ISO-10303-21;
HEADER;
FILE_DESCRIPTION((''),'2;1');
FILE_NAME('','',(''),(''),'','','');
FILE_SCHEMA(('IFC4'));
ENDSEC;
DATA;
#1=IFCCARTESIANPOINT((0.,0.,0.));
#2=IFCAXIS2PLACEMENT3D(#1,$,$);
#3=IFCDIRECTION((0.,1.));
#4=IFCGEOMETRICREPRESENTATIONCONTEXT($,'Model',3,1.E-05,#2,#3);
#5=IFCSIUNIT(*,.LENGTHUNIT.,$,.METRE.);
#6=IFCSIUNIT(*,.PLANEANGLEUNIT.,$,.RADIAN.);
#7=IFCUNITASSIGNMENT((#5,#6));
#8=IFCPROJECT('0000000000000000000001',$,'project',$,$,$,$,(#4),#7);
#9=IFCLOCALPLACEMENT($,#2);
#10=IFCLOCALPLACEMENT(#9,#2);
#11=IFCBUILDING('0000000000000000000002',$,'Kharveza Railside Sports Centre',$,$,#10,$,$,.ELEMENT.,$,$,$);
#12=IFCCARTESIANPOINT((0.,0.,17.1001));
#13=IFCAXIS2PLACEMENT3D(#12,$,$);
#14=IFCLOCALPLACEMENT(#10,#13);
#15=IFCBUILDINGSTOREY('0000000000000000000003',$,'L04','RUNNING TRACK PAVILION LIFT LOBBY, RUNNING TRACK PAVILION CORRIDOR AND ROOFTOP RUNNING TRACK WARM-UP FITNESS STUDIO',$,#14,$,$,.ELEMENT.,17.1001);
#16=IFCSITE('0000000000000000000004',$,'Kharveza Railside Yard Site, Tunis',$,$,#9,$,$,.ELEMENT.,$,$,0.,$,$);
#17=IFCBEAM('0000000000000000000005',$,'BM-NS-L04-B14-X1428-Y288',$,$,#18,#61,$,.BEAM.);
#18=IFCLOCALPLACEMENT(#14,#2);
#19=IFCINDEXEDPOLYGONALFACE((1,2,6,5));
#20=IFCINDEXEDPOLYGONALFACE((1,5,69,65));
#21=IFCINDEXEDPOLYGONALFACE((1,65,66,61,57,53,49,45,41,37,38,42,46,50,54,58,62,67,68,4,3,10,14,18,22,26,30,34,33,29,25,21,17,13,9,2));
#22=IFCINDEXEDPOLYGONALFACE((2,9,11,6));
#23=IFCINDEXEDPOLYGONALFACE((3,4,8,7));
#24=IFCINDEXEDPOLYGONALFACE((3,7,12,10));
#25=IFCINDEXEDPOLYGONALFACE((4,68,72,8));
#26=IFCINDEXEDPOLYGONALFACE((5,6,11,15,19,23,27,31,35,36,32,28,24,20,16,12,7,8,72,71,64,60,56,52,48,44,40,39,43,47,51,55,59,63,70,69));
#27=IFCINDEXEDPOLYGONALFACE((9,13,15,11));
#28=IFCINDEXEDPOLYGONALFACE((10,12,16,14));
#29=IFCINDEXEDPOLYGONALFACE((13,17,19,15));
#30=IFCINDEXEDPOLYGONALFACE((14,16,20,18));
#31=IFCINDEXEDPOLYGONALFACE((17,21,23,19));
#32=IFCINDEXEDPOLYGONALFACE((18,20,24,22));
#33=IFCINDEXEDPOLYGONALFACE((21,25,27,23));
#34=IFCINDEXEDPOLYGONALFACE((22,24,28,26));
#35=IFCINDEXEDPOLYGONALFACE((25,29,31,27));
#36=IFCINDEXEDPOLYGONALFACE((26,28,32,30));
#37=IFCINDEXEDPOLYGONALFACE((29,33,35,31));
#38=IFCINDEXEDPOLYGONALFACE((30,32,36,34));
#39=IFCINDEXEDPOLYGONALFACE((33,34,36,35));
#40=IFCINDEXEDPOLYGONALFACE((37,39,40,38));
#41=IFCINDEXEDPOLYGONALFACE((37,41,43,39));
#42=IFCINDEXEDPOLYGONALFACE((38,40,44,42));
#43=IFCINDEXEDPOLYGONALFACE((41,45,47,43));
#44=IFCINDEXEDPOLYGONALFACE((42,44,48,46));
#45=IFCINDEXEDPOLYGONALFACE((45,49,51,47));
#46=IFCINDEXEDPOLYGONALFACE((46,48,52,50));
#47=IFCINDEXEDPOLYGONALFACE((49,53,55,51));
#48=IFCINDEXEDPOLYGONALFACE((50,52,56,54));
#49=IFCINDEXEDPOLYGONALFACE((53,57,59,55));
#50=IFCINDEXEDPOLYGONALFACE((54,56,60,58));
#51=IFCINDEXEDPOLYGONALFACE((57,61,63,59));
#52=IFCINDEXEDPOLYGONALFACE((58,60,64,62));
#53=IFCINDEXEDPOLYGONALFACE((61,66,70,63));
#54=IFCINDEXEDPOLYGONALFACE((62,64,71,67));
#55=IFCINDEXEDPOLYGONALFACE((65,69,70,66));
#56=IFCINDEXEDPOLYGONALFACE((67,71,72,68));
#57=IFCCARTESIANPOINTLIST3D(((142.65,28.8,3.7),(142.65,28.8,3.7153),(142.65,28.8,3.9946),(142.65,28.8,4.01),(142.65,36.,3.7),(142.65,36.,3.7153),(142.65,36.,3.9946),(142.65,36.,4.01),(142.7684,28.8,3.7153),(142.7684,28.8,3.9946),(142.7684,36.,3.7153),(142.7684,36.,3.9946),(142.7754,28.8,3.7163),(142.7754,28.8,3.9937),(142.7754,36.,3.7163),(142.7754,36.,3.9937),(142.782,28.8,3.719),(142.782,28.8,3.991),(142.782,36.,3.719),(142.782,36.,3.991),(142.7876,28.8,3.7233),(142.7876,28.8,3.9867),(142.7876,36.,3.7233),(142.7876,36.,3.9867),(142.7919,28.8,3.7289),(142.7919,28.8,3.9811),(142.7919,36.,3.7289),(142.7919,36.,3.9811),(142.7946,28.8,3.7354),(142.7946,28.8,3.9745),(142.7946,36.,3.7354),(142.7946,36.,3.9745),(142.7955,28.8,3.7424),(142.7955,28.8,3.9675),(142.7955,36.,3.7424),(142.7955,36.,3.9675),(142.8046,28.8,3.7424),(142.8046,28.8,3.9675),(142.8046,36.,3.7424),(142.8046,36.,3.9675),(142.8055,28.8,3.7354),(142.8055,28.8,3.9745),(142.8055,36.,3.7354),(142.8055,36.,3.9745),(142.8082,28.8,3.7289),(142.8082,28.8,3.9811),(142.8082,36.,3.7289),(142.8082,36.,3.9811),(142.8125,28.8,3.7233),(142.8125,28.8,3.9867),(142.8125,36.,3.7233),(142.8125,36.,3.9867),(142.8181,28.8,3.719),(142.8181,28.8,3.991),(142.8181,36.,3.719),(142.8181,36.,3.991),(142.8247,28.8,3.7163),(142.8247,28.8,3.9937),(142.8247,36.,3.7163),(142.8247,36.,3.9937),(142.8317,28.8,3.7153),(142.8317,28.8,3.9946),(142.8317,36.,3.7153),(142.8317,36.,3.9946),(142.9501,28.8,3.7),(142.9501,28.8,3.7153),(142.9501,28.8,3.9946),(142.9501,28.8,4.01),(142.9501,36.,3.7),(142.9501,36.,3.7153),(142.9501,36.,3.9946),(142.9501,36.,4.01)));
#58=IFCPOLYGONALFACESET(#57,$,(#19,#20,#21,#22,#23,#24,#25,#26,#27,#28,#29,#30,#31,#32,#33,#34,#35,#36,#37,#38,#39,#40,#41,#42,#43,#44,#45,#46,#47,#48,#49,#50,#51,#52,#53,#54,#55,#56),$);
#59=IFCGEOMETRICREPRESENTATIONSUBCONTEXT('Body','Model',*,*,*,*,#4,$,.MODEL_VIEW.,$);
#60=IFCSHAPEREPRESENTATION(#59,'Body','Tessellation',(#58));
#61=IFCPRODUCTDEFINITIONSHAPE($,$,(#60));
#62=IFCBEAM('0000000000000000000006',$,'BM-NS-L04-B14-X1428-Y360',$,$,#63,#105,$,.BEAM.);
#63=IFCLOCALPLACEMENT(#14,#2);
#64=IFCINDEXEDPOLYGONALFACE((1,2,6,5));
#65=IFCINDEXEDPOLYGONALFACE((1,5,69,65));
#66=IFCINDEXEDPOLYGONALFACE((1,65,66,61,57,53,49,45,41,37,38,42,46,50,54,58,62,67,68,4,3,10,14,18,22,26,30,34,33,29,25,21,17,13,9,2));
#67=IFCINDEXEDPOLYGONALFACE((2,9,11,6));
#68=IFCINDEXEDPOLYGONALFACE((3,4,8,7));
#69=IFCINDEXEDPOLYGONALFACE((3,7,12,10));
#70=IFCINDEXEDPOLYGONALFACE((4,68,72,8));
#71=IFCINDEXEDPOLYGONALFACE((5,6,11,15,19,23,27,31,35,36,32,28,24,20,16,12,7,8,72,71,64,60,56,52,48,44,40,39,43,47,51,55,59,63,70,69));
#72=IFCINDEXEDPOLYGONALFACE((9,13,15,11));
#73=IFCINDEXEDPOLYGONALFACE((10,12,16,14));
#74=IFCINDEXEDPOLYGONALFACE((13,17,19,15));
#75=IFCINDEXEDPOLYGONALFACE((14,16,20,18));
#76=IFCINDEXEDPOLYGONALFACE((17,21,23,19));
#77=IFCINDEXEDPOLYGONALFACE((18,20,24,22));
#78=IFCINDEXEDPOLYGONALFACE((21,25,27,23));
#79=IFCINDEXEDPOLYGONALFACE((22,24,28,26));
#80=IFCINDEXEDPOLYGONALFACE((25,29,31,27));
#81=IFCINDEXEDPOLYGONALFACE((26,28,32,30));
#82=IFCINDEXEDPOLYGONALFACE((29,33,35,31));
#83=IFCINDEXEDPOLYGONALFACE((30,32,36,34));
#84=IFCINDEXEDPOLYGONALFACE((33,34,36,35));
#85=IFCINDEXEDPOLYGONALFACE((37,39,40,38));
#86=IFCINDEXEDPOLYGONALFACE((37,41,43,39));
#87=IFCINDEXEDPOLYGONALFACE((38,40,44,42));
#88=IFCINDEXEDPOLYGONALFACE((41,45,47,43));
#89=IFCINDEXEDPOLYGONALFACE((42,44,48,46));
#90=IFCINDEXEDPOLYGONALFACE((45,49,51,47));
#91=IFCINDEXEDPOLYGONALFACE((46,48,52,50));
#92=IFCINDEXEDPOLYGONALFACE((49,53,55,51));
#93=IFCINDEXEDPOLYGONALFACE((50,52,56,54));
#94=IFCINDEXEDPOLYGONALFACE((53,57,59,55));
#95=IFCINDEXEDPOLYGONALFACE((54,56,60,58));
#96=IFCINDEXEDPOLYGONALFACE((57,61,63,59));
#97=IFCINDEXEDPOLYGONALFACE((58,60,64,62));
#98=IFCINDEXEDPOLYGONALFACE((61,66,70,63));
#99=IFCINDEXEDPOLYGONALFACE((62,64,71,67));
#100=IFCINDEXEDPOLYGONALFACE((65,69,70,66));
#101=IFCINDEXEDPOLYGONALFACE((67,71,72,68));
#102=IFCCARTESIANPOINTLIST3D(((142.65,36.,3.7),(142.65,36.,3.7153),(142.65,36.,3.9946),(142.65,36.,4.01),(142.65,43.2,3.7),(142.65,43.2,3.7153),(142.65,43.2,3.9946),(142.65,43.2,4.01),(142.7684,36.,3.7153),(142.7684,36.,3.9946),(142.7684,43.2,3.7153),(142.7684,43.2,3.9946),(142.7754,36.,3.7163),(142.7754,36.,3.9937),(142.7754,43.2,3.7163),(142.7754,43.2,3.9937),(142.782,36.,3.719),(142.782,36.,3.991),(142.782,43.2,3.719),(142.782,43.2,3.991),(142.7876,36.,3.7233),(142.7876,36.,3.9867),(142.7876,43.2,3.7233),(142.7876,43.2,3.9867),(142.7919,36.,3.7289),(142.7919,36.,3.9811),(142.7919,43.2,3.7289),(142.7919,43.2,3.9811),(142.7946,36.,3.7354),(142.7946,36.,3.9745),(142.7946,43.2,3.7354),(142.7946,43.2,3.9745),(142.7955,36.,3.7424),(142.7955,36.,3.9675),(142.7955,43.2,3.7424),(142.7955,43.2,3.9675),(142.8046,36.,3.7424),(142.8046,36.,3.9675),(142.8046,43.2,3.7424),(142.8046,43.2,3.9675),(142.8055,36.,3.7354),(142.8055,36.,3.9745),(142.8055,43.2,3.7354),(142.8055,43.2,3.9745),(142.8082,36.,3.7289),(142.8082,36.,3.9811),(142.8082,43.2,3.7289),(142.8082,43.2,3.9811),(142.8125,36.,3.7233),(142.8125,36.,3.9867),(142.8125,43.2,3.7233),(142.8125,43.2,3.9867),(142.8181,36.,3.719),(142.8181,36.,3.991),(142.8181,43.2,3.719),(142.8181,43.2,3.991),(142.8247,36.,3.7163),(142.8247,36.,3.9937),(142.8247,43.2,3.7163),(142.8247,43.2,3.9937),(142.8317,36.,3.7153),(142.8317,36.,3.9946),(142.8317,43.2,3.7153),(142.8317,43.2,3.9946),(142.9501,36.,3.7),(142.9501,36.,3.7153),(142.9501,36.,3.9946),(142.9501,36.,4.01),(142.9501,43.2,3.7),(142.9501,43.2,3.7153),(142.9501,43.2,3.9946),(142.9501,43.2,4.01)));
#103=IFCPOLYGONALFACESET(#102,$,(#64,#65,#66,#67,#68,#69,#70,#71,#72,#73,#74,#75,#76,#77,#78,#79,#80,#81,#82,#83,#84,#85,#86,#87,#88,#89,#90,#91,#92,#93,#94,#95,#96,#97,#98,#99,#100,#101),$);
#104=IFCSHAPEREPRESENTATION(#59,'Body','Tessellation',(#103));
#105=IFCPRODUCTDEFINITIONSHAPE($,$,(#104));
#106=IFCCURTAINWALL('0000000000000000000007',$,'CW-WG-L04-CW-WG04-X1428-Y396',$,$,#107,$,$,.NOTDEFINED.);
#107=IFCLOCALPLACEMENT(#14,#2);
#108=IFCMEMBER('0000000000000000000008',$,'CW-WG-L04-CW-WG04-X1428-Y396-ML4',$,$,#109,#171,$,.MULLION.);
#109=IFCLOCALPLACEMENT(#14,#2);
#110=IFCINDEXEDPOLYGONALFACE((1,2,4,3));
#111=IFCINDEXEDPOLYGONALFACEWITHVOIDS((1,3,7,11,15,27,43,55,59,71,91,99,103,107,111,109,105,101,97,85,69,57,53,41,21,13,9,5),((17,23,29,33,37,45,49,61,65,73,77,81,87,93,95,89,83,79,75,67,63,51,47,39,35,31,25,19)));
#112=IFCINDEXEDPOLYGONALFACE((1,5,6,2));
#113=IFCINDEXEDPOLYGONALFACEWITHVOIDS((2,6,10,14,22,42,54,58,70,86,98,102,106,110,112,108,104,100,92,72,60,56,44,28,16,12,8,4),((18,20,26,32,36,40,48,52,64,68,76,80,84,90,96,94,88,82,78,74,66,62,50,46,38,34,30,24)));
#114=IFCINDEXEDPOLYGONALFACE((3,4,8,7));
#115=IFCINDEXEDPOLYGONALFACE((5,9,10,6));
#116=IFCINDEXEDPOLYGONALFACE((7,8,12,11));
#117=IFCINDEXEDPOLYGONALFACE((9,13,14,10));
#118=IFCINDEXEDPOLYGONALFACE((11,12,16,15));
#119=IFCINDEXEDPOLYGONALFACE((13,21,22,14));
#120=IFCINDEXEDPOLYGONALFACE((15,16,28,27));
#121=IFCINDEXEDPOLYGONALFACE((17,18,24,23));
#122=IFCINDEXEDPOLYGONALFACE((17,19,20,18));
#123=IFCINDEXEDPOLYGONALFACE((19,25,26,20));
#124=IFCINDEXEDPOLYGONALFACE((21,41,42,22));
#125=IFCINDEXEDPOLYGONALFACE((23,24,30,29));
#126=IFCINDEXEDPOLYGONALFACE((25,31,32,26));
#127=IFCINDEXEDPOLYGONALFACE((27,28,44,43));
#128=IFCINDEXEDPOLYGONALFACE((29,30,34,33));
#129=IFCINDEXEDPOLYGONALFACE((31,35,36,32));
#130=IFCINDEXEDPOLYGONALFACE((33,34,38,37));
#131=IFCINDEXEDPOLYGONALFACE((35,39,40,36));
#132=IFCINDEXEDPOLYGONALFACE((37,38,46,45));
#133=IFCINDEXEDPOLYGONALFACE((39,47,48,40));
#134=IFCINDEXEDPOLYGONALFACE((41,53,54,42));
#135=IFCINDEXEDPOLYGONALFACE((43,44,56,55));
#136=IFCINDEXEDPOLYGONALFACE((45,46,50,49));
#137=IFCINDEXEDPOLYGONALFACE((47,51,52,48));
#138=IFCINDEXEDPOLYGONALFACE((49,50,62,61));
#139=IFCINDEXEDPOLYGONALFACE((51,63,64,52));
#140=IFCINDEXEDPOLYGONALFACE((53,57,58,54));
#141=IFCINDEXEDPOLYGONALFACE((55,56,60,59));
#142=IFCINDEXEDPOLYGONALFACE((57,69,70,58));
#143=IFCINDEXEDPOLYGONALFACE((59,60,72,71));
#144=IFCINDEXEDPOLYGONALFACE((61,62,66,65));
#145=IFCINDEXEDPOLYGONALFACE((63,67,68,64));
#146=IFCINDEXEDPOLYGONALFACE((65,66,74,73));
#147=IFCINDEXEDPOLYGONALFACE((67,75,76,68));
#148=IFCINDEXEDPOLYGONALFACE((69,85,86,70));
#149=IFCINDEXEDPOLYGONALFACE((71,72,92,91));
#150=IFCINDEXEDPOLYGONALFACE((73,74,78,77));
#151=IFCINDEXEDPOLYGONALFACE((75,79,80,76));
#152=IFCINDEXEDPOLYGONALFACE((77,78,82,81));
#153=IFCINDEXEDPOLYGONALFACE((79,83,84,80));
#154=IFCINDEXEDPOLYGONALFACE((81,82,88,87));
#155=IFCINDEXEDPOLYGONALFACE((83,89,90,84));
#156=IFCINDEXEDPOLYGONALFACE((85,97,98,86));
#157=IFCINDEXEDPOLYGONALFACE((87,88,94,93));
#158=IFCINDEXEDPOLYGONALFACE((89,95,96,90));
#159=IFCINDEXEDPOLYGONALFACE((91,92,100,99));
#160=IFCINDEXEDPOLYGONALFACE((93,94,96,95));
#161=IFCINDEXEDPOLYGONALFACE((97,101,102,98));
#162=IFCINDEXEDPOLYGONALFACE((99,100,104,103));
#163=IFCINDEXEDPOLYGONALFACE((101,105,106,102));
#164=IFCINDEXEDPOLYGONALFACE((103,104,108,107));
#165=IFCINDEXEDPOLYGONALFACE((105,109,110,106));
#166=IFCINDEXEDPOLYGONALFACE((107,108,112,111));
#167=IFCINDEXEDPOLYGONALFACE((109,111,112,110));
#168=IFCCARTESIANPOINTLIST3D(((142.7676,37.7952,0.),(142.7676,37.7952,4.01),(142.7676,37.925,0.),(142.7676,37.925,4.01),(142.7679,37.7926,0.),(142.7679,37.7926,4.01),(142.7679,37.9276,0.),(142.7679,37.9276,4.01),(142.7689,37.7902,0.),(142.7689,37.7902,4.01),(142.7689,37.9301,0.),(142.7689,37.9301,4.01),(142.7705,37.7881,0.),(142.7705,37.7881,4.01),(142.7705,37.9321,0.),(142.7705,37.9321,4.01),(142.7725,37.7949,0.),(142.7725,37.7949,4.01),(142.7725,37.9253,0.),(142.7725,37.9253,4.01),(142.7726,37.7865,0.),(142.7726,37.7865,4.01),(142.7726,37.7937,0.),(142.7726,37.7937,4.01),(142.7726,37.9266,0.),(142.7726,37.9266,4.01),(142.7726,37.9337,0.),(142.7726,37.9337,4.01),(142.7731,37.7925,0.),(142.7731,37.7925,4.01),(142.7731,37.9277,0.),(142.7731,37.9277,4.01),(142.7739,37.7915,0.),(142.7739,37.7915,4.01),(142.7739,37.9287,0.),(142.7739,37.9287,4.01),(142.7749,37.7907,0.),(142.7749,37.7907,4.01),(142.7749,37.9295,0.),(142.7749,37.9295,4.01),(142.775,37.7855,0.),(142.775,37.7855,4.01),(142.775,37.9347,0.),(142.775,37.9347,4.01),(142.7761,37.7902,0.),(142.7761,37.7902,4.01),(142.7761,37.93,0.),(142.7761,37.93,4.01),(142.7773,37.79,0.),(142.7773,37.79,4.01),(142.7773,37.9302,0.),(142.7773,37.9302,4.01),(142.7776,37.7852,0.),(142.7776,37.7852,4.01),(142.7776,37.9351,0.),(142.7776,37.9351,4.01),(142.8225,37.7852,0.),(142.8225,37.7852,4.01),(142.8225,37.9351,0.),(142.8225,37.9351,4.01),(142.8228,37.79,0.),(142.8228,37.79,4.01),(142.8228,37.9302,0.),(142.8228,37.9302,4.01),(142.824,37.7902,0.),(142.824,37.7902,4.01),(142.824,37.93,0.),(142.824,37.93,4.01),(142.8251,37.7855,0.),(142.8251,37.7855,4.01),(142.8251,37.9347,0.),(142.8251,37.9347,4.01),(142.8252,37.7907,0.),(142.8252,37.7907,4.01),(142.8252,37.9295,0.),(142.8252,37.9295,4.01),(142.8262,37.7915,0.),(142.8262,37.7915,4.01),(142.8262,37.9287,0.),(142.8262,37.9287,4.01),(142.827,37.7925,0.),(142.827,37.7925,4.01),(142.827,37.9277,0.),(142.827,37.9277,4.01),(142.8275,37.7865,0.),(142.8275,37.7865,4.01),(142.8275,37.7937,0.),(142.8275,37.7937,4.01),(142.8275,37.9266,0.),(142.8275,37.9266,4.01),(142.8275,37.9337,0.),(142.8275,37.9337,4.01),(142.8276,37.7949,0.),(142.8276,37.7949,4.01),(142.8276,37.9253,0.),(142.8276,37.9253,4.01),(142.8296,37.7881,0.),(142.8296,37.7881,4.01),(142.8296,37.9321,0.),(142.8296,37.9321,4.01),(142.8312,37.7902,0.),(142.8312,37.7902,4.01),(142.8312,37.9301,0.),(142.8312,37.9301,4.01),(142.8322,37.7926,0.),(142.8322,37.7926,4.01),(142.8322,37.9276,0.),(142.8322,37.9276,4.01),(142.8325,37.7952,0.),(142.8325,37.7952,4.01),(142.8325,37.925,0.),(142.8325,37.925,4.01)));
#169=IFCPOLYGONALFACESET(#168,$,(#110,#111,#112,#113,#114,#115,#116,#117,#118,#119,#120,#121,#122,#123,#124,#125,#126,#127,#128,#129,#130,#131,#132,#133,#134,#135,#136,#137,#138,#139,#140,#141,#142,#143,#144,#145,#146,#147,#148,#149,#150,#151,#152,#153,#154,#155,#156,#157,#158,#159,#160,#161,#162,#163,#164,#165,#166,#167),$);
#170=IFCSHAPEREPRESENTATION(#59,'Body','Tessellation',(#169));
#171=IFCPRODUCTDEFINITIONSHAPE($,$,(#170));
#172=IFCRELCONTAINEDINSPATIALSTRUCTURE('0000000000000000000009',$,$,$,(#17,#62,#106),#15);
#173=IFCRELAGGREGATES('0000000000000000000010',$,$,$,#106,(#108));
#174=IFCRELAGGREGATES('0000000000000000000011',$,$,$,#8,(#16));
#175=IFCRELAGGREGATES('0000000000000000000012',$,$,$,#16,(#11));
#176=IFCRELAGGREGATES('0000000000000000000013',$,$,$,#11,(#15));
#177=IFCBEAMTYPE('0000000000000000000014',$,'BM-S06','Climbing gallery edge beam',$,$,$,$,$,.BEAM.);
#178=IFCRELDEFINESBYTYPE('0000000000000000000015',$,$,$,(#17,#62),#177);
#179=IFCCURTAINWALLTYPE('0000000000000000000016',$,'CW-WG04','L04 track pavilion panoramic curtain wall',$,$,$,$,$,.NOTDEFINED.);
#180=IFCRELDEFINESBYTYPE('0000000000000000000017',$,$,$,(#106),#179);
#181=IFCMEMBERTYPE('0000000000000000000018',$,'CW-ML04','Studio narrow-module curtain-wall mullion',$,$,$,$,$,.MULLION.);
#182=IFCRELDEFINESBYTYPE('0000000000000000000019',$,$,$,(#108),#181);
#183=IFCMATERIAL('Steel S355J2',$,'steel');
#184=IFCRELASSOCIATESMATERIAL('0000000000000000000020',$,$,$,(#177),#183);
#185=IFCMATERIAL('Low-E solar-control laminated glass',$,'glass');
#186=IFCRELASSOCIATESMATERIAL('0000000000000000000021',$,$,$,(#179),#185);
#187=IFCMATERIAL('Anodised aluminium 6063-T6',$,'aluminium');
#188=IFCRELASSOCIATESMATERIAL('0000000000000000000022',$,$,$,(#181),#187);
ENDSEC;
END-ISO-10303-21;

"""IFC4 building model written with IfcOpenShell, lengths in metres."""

from ifc_helpers import new_model, si_unit, direction, frame, origin, origin_2d, place, context, subcontext, project, spatial, hollow_rectangle, i_section, extrude, material, material_profile, profile_set, type_object, element, aggregate, save


model = new_model("IFC4")

# Units and contexts
model_context = context("Model", 3, precision=1e-05, world=origin(), true_north=direction((0.0, 1.0)))
body_context = subcontext(model_context, "Body", "Model", "MODEL_VIEW")
ifc_project = project(units=[si_unit("LENGTHUNIT", "METRE"), si_unit("PLANEANGLEUNIT", "RADIAN")], contexts=[model_context])

# Site, building, storey
site_placement = place(None, origin())
site = spatial("IfcSite", under=ifc_project, at=site_placement, Name="Kharveza Railside Yard Site, Tunis", CompositionType="ELEMENT", RefElevation=0.0)
building_placement = place(site_placement, origin())
building = spatial("IfcBuilding", under=site, at=building_placement, Name="Kharveza Railside Sports Centre", CompositionType="ELEMENT")
storey_placement = place(building_placement, frame((0.0, 0.0, 17.1001)))
storey = spatial("IfcBuildingStorey", under=building, at=storey_placement, Name="L04", Description="RUNNING TRACK PAVILION LIFT LOBBY, RUNNING TRACK PAVILION CORRIDOR AND ROOFTOP RUNNING TRACK WARM-UP FITNESS STUDIO", CompositionType="ELEMENT", Elevation=17.1001)

# Shared definitions
ifc_material_1 = material(Name="Steel S355J2", Category="steel")

# Beams
ifc_material_profile_1 = material_profile(ifc_material_1, i_section(OverallWidth=0.3, OverallDepth=0.3101, WebThickness=0.009, FlangeThickness=0.0154, FilletRadius=0.0271, at=origin_2d()), Name="HEA 320")
ifc_profile_set_1 = profile_set([ifc_material_profile_1], Name="Steel S355J2")
beam_type_1 = type_object("IfcBeamType", Name="BM-S06", Description="Climbing gallery edge beam", PredefinedType="BEAM", material=ifc_profile_set_1)
for number, where, z_axis, x_axis, name in (
    (1, (142.8, 28.8, 3.855), (0.0, 1.0, 0.0), (-1.0, 0.0, 0.0), "BM-NS-L04-B14-X1428-Y288"),
    (2, (142.8, 36.0, 3.855), (0.0, 1.0, 0.0), (-1.0, 0.0, 0.0), "BM-NS-L04-B14-X1428-Y360"),
):
    element("IfcBeam", number, at=place(storey_placement, frame(where, z_axis=z_axis, x_axis=x_axis)), inside=storey, type_object=beam_type_1, Name=name, PredefinedType="BEAM", context=body_context, shape_type="SweptSolid", body=[
        extrude(i_section(OverallWidth=0.3, OverallDepth=0.3101, WebThickness=0.009, FlangeThickness=0.0154, FilletRadius=0.0271, at=origin_2d()), origin(), (0.0, 0.0, 1.0), 7.2),
    ])

# Curtain wall, member
ifc_material_2 = material(Name="Low-E solar-control laminated glass", Category="glass")
curtain_wall_type = type_object("IfcCurtainWallType", Name="CW-WG04", Description="L04 track pavilion panoramic curtain wall", PredefinedType="NOTDEFINED", material=ifc_material_2)
curtain_wall_placement = place(storey_placement, origin())
curtain_wall = element("IfcCurtainWall", 3, at=curtain_wall_placement, inside=storey, type_object=curtain_wall_type, Name="CW-WG-L04-CW-WG04-X1428-Y396", PredefinedType="NOTDEFINED")
ifc_material_3 = material(Name="Anodised aluminium 6063-T6", Category="aluminium")
ifc_material_profile_2 = material_profile(ifc_material_3, hollow_rectangle(XDim=0.0649, YDim=0.1499, WallThickness=0.0049, InnerFilletRadius=0.0049, OuterFilletRadius=0.01, at=origin_2d()), Name="RHS 65x150x5.0")
ifc_profile_set_2 = profile_set([ifc_material_profile_2], Name="Anodised aluminium 6063-T6")
member_type = type_object("IfcMemberType", Name="CW-ML04", Description="Studio narrow-module curtain-wall mullion", PredefinedType="MULLION", material=ifc_profile_set_2)
member_1_placement = place(storey_placement, frame((142.8, 37.8601, 0.0), z_axis=(0.0, 0.0, 1.0), x_axis=(1.0, 0.0, 0.0)))
member_1 = element("IfcMember", 4, at=member_1_placement, type_object=member_type, Name="CW-WG-L04-CW-WG04-X1428-Y396-ML4", PredefinedType="MULLION", context=body_context, shape_type="SweptSolid", body=[
    extrude(hollow_rectangle(XDim=0.0649, YDim=0.1499, WallThickness=0.0049, InnerFilletRadius=0.0049, OuterFilletRadius=0.01, at=origin_2d()), origin(), (0.0, 0.0, 1.0), 4.01),
])
aggregate(curtain_wall, [member_1])

save(model, "model.ifc")
